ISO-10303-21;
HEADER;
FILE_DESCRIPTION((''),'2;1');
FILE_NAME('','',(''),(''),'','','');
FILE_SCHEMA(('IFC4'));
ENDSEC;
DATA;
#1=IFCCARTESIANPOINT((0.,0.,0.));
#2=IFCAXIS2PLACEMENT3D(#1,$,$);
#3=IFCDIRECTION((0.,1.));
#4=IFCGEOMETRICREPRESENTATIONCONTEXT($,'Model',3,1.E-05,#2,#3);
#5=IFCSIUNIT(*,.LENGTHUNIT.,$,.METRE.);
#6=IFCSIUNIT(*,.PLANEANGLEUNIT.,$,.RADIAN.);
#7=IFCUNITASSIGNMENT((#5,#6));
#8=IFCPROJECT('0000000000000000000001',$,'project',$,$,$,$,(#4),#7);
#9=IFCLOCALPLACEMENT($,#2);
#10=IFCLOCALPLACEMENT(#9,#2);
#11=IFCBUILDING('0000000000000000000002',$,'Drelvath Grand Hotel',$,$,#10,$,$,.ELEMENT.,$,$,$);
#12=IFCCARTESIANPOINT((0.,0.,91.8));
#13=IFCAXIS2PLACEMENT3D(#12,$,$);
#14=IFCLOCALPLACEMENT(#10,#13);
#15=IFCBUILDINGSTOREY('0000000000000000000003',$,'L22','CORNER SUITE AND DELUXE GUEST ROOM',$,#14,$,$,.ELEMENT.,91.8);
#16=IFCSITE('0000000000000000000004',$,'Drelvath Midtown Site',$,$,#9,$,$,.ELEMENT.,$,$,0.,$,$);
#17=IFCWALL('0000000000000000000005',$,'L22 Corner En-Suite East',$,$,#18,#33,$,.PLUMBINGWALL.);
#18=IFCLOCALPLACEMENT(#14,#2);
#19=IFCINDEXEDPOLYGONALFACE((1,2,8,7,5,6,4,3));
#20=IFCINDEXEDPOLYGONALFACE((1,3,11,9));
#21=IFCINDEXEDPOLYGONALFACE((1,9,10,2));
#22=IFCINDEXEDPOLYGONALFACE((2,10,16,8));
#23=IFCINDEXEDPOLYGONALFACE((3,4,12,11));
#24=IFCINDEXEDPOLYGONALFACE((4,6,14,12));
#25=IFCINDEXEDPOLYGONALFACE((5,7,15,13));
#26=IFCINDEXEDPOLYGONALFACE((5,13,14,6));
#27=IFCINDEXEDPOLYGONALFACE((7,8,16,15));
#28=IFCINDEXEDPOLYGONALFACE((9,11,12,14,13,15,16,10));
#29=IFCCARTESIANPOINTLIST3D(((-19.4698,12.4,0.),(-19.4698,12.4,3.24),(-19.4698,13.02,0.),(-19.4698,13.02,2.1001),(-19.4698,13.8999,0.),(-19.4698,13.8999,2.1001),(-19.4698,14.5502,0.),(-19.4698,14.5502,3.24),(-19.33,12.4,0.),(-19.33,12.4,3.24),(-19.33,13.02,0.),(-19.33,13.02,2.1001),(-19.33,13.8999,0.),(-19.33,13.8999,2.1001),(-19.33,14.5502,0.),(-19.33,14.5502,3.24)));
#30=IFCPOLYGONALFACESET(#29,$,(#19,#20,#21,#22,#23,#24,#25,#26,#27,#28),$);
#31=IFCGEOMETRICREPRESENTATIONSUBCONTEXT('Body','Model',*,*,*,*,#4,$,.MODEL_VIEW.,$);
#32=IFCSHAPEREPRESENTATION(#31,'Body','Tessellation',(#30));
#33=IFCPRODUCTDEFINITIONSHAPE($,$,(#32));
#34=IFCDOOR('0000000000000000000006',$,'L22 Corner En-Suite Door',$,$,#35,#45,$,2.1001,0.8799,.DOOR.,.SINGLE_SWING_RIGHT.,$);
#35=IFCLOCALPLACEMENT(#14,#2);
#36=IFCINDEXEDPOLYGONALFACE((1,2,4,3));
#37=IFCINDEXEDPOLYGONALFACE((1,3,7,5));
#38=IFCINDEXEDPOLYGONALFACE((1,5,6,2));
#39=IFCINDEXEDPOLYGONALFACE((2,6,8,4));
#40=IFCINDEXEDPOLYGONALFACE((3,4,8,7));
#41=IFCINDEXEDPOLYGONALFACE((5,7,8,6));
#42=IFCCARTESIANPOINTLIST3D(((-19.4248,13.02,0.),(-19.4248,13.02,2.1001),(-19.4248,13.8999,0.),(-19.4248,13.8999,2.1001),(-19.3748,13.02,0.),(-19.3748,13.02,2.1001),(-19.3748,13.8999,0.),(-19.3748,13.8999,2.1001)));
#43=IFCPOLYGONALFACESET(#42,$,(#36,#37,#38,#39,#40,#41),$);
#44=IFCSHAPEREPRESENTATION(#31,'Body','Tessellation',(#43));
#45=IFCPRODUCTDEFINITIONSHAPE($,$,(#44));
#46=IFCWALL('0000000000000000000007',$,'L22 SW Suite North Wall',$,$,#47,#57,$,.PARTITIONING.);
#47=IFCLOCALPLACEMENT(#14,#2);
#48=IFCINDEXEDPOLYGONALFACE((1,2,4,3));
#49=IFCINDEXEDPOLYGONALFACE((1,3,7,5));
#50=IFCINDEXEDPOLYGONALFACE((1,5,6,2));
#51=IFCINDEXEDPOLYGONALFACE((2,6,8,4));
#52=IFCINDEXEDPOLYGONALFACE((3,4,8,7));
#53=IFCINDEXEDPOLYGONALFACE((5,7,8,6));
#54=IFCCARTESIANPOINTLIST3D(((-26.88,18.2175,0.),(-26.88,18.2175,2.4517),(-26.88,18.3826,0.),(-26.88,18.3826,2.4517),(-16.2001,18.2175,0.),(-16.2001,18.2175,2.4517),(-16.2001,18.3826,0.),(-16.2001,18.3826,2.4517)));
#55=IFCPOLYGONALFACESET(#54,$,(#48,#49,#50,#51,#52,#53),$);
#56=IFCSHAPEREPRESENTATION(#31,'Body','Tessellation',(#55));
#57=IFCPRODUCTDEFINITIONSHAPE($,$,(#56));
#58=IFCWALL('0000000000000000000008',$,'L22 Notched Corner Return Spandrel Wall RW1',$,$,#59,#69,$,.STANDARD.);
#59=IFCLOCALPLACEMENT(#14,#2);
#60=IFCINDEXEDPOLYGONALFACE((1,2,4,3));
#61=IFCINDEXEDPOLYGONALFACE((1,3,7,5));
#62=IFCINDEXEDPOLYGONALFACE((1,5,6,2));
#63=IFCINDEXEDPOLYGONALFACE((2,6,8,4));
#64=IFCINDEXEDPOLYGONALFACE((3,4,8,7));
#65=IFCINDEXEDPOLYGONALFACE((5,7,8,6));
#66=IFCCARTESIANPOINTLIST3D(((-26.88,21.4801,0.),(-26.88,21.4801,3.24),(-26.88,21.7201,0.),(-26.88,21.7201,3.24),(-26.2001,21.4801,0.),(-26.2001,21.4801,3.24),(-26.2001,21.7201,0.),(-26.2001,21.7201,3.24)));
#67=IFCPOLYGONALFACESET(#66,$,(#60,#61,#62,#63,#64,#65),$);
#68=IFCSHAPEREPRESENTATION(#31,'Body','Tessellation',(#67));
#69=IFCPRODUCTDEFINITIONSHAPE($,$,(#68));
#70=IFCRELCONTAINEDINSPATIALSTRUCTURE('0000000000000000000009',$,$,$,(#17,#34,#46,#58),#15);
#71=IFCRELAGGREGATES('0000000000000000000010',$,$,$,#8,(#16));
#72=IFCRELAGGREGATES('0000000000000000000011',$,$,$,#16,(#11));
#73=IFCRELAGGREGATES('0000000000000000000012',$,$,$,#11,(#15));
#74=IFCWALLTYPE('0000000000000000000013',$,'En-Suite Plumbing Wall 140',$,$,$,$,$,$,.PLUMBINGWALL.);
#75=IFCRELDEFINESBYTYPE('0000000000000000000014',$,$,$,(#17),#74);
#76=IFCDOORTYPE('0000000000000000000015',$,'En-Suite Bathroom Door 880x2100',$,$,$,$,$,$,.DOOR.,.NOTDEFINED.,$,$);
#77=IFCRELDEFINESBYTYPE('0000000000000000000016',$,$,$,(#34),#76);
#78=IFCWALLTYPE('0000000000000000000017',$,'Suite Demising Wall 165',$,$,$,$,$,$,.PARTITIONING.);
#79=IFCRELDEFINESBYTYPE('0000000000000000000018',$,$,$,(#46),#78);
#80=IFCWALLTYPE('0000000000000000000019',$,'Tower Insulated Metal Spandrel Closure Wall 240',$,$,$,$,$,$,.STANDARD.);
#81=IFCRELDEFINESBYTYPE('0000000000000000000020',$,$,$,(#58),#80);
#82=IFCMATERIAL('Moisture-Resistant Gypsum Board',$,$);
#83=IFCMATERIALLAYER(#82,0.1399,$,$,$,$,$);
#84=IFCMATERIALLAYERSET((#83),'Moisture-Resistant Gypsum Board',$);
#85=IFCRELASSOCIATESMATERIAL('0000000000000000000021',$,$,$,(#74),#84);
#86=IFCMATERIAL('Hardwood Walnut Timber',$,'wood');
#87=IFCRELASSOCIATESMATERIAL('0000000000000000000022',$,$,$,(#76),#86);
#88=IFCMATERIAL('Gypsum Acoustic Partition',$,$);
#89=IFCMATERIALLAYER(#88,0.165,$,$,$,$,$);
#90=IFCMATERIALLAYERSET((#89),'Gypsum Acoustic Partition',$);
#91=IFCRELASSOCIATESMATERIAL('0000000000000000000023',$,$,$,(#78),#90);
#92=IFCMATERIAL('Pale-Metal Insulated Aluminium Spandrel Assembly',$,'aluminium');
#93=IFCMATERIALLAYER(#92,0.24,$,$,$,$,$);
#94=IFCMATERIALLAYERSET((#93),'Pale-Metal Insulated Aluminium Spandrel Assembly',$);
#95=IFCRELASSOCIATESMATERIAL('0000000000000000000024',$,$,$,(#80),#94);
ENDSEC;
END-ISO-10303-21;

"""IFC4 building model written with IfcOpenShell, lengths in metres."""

from ifc_helpers import new_model, si_unit, direction, frame, frame_2d, origin, place, context, subcontext, project, spatial, rectangle, extrude, material, layer, layer_set, type_object, element, fill, save


model = new_model("IFC4")

# Units and contexts
model_context = context("Model", 3, precision=1e-05, world=origin(), true_north=direction((0.0, 1.0)))
body_context = subcontext(model_context, "Body", "Model", "MODEL_VIEW")
ifc_project = project(units=[si_unit("LENGTHUNIT", "METRE"), si_unit("PLANEANGLEUNIT", "RADIAN")], contexts=[model_context])

# Site, building, storey
site_placement = place(None, origin())
site = spatial("IfcSite", under=ifc_project, at=site_placement, Name="Drelvath Midtown Site", CompositionType="ELEMENT", RefElevation=0.0)
building_placement = place(site_placement, origin())
building = spatial("IfcBuilding", under=site, at=building_placement, Name="Drelvath Grand Hotel", CompositionType="ELEMENT")
storey_placement = place(building_placement, frame((0.0, 0.0, 91.8)))
storey = spatial("IfcBuildingStorey", under=building, at=storey_placement, Name="L22", Description="CORNER SUITE AND DELUXE GUEST ROOM", CompositionType="ELEMENT", Elevation=91.8)

# Shared definitions
ifc_material_1 = material(Name="Hardwood Walnut Timber", Category="wood")

# Shared definitions
ifc_material_2 = material(Name="Moisture-Resistant Gypsum Board")
ifc_layer_1 = layer(ifc_material_2, 0.1399)
ifc_layer_set_1 = layer_set([ifc_layer_1], Name="Moisture-Resistant Gypsum Board")
wall_type_1 = type_object("IfcWallType", Name="En-Suite Plumbing Wall 140", PredefinedType="PLUMBINGWALL", material=ifc_layer_set_1)

# Wall, opening, door
wall_1_placement = place(storey_placement, frame((-19.3999, 12.3999, 0.0), z_axis=(0.0, 0.0, 1.0), x_axis=(0.0, 1.0, 0.0)))
wall_1 = element("IfcWall", 1, at=wall_1_placement, inside=storey, type_object=wall_type_1, Name="L22 Corner En-Suite East", PredefinedType="PLUMBINGWALL", context=body_context, shape_type="SweptSolid", body=[
    extrude(rectangle(XDim=2.1501, YDim=0.1399, at=frame_2d((1.0752, 0.0))), origin(), (0.0, 0.0, 1.0), 3.24),
])
opening_1_placement = place(wall_1_placement, frame((0.6201, 0.0, 0.0)))
opening_1 = element("IfcOpeningElement", 2, at=opening_1_placement, cuts=wall_1, PredefinedType="OPENING", context=body_context, shape_type="SweptSolid", body=[
    extrude(rectangle(XDim=0.8799, YDim=2.1001, at=frame_2d((0.4399, 1.05))), frame((0.0, 0.0798, 0.0), z_axis=(0.0, -1.0, 0.0), x_axis=(1.0, 0.0, 0.0)), (0.0, 0.0, 1.0), 0.1599),
])
door_type_1 = type_object("IfcDoorType", Name="En-Suite Bathroom Door 880x2100", OperationType="NOTDEFINED", PredefinedType="DOOR", material=ifc_material_1)
door_1_placement = place(opening_1_placement, origin())
door_1 = element("IfcDoor", 3, at=door_1_placement, inside=storey, type_object=door_type_1, Name="L22 Corner En-Suite Door", OperationType="SINGLE_SWING_RIGHT", OverallHeight=2.1001, OverallWidth=0.8799, PredefinedType="DOOR", context=body_context, shape_type="SweptSolid", body=[
    extrude(rectangle(XDim=0.8799, YDim=2.1001, at=frame_2d((0.4399, 1.05))), frame((0.0, 0.0249, 0.0), z_axis=(0.0, -1.0, 0.0), x_axis=(1.0, 0.0, 0.0)), (0.0, 0.0, 1.0), 0.05),
])
fill(opening_1, door_1)

# Walls
ifc_material_3 = material(Name="Gypsum Acoustic Partition")
ifc_layer_2 = layer(ifc_material_3, 0.165)
ifc_layer_set_2 = layer_set([ifc_layer_2], Name="Gypsum Acoustic Partition")
wall_type_2 = type_object("IfcWallType", Name="Suite Demising Wall 165", PredefinedType="PARTITIONING", material=ifc_layer_set_2)
wall_2_placement = place(storey_placement, frame((-26.8799, 18.3, 0.0), z_axis=(0.0, 0.0, 1.0), x_axis=(1.0, 0.0, 0.0)))
element("IfcWall", 4, at=wall_2_placement, inside=storey, type_object=wall_type_2, Name="L22 SW Suite North Wall", PredefinedType="PARTITIONING", context=body_context, shape_type="SweptSolid", body=[
    extrude(rectangle(XDim=10.6799, YDim=0.165, at=frame_2d((5.3398, 0.0))), origin(), (0.0, 0.0, 1.0), 2.4517),
])
ifc_material_4 = material(Name="Pale-Metal Insulated Aluminium Spandrel Assembly", Category="aluminium")
ifc_layer_3 = layer(ifc_material_4, 0.24)
ifc_layer_set_3 = layer_set([ifc_layer_3], Name="Pale-Metal Insulated Aluminium Spandrel Assembly")
wall_type_3 = type_object("IfcWallType", Name="Tower Insulated Metal Spandrel Closure Wall 240", PredefinedType="STANDARD", material=ifc_layer_set_3)
wall_3_placement = place(storey_placement, frame((-26.8799, 21.6001, 0.0), z_axis=(0.0, 0.0, 1.0), x_axis=(1.0, 0.0, 0.0)))
element("IfcWall", 5, at=wall_3_placement, inside=storey, type_object=wall_type_3, Name="L22 Notched Corner Return Spandrel Wall RW1", PredefinedType="STANDARD", context=body_context, shape_type="SweptSolid", body=[
    extrude(rectangle(XDim=0.6799, YDim=0.24, at=frame_2d((0.3398, 0.0))), origin(), (0.0, 0.0, 1.0), 3.24),
])

save(model, "model.ifc")
